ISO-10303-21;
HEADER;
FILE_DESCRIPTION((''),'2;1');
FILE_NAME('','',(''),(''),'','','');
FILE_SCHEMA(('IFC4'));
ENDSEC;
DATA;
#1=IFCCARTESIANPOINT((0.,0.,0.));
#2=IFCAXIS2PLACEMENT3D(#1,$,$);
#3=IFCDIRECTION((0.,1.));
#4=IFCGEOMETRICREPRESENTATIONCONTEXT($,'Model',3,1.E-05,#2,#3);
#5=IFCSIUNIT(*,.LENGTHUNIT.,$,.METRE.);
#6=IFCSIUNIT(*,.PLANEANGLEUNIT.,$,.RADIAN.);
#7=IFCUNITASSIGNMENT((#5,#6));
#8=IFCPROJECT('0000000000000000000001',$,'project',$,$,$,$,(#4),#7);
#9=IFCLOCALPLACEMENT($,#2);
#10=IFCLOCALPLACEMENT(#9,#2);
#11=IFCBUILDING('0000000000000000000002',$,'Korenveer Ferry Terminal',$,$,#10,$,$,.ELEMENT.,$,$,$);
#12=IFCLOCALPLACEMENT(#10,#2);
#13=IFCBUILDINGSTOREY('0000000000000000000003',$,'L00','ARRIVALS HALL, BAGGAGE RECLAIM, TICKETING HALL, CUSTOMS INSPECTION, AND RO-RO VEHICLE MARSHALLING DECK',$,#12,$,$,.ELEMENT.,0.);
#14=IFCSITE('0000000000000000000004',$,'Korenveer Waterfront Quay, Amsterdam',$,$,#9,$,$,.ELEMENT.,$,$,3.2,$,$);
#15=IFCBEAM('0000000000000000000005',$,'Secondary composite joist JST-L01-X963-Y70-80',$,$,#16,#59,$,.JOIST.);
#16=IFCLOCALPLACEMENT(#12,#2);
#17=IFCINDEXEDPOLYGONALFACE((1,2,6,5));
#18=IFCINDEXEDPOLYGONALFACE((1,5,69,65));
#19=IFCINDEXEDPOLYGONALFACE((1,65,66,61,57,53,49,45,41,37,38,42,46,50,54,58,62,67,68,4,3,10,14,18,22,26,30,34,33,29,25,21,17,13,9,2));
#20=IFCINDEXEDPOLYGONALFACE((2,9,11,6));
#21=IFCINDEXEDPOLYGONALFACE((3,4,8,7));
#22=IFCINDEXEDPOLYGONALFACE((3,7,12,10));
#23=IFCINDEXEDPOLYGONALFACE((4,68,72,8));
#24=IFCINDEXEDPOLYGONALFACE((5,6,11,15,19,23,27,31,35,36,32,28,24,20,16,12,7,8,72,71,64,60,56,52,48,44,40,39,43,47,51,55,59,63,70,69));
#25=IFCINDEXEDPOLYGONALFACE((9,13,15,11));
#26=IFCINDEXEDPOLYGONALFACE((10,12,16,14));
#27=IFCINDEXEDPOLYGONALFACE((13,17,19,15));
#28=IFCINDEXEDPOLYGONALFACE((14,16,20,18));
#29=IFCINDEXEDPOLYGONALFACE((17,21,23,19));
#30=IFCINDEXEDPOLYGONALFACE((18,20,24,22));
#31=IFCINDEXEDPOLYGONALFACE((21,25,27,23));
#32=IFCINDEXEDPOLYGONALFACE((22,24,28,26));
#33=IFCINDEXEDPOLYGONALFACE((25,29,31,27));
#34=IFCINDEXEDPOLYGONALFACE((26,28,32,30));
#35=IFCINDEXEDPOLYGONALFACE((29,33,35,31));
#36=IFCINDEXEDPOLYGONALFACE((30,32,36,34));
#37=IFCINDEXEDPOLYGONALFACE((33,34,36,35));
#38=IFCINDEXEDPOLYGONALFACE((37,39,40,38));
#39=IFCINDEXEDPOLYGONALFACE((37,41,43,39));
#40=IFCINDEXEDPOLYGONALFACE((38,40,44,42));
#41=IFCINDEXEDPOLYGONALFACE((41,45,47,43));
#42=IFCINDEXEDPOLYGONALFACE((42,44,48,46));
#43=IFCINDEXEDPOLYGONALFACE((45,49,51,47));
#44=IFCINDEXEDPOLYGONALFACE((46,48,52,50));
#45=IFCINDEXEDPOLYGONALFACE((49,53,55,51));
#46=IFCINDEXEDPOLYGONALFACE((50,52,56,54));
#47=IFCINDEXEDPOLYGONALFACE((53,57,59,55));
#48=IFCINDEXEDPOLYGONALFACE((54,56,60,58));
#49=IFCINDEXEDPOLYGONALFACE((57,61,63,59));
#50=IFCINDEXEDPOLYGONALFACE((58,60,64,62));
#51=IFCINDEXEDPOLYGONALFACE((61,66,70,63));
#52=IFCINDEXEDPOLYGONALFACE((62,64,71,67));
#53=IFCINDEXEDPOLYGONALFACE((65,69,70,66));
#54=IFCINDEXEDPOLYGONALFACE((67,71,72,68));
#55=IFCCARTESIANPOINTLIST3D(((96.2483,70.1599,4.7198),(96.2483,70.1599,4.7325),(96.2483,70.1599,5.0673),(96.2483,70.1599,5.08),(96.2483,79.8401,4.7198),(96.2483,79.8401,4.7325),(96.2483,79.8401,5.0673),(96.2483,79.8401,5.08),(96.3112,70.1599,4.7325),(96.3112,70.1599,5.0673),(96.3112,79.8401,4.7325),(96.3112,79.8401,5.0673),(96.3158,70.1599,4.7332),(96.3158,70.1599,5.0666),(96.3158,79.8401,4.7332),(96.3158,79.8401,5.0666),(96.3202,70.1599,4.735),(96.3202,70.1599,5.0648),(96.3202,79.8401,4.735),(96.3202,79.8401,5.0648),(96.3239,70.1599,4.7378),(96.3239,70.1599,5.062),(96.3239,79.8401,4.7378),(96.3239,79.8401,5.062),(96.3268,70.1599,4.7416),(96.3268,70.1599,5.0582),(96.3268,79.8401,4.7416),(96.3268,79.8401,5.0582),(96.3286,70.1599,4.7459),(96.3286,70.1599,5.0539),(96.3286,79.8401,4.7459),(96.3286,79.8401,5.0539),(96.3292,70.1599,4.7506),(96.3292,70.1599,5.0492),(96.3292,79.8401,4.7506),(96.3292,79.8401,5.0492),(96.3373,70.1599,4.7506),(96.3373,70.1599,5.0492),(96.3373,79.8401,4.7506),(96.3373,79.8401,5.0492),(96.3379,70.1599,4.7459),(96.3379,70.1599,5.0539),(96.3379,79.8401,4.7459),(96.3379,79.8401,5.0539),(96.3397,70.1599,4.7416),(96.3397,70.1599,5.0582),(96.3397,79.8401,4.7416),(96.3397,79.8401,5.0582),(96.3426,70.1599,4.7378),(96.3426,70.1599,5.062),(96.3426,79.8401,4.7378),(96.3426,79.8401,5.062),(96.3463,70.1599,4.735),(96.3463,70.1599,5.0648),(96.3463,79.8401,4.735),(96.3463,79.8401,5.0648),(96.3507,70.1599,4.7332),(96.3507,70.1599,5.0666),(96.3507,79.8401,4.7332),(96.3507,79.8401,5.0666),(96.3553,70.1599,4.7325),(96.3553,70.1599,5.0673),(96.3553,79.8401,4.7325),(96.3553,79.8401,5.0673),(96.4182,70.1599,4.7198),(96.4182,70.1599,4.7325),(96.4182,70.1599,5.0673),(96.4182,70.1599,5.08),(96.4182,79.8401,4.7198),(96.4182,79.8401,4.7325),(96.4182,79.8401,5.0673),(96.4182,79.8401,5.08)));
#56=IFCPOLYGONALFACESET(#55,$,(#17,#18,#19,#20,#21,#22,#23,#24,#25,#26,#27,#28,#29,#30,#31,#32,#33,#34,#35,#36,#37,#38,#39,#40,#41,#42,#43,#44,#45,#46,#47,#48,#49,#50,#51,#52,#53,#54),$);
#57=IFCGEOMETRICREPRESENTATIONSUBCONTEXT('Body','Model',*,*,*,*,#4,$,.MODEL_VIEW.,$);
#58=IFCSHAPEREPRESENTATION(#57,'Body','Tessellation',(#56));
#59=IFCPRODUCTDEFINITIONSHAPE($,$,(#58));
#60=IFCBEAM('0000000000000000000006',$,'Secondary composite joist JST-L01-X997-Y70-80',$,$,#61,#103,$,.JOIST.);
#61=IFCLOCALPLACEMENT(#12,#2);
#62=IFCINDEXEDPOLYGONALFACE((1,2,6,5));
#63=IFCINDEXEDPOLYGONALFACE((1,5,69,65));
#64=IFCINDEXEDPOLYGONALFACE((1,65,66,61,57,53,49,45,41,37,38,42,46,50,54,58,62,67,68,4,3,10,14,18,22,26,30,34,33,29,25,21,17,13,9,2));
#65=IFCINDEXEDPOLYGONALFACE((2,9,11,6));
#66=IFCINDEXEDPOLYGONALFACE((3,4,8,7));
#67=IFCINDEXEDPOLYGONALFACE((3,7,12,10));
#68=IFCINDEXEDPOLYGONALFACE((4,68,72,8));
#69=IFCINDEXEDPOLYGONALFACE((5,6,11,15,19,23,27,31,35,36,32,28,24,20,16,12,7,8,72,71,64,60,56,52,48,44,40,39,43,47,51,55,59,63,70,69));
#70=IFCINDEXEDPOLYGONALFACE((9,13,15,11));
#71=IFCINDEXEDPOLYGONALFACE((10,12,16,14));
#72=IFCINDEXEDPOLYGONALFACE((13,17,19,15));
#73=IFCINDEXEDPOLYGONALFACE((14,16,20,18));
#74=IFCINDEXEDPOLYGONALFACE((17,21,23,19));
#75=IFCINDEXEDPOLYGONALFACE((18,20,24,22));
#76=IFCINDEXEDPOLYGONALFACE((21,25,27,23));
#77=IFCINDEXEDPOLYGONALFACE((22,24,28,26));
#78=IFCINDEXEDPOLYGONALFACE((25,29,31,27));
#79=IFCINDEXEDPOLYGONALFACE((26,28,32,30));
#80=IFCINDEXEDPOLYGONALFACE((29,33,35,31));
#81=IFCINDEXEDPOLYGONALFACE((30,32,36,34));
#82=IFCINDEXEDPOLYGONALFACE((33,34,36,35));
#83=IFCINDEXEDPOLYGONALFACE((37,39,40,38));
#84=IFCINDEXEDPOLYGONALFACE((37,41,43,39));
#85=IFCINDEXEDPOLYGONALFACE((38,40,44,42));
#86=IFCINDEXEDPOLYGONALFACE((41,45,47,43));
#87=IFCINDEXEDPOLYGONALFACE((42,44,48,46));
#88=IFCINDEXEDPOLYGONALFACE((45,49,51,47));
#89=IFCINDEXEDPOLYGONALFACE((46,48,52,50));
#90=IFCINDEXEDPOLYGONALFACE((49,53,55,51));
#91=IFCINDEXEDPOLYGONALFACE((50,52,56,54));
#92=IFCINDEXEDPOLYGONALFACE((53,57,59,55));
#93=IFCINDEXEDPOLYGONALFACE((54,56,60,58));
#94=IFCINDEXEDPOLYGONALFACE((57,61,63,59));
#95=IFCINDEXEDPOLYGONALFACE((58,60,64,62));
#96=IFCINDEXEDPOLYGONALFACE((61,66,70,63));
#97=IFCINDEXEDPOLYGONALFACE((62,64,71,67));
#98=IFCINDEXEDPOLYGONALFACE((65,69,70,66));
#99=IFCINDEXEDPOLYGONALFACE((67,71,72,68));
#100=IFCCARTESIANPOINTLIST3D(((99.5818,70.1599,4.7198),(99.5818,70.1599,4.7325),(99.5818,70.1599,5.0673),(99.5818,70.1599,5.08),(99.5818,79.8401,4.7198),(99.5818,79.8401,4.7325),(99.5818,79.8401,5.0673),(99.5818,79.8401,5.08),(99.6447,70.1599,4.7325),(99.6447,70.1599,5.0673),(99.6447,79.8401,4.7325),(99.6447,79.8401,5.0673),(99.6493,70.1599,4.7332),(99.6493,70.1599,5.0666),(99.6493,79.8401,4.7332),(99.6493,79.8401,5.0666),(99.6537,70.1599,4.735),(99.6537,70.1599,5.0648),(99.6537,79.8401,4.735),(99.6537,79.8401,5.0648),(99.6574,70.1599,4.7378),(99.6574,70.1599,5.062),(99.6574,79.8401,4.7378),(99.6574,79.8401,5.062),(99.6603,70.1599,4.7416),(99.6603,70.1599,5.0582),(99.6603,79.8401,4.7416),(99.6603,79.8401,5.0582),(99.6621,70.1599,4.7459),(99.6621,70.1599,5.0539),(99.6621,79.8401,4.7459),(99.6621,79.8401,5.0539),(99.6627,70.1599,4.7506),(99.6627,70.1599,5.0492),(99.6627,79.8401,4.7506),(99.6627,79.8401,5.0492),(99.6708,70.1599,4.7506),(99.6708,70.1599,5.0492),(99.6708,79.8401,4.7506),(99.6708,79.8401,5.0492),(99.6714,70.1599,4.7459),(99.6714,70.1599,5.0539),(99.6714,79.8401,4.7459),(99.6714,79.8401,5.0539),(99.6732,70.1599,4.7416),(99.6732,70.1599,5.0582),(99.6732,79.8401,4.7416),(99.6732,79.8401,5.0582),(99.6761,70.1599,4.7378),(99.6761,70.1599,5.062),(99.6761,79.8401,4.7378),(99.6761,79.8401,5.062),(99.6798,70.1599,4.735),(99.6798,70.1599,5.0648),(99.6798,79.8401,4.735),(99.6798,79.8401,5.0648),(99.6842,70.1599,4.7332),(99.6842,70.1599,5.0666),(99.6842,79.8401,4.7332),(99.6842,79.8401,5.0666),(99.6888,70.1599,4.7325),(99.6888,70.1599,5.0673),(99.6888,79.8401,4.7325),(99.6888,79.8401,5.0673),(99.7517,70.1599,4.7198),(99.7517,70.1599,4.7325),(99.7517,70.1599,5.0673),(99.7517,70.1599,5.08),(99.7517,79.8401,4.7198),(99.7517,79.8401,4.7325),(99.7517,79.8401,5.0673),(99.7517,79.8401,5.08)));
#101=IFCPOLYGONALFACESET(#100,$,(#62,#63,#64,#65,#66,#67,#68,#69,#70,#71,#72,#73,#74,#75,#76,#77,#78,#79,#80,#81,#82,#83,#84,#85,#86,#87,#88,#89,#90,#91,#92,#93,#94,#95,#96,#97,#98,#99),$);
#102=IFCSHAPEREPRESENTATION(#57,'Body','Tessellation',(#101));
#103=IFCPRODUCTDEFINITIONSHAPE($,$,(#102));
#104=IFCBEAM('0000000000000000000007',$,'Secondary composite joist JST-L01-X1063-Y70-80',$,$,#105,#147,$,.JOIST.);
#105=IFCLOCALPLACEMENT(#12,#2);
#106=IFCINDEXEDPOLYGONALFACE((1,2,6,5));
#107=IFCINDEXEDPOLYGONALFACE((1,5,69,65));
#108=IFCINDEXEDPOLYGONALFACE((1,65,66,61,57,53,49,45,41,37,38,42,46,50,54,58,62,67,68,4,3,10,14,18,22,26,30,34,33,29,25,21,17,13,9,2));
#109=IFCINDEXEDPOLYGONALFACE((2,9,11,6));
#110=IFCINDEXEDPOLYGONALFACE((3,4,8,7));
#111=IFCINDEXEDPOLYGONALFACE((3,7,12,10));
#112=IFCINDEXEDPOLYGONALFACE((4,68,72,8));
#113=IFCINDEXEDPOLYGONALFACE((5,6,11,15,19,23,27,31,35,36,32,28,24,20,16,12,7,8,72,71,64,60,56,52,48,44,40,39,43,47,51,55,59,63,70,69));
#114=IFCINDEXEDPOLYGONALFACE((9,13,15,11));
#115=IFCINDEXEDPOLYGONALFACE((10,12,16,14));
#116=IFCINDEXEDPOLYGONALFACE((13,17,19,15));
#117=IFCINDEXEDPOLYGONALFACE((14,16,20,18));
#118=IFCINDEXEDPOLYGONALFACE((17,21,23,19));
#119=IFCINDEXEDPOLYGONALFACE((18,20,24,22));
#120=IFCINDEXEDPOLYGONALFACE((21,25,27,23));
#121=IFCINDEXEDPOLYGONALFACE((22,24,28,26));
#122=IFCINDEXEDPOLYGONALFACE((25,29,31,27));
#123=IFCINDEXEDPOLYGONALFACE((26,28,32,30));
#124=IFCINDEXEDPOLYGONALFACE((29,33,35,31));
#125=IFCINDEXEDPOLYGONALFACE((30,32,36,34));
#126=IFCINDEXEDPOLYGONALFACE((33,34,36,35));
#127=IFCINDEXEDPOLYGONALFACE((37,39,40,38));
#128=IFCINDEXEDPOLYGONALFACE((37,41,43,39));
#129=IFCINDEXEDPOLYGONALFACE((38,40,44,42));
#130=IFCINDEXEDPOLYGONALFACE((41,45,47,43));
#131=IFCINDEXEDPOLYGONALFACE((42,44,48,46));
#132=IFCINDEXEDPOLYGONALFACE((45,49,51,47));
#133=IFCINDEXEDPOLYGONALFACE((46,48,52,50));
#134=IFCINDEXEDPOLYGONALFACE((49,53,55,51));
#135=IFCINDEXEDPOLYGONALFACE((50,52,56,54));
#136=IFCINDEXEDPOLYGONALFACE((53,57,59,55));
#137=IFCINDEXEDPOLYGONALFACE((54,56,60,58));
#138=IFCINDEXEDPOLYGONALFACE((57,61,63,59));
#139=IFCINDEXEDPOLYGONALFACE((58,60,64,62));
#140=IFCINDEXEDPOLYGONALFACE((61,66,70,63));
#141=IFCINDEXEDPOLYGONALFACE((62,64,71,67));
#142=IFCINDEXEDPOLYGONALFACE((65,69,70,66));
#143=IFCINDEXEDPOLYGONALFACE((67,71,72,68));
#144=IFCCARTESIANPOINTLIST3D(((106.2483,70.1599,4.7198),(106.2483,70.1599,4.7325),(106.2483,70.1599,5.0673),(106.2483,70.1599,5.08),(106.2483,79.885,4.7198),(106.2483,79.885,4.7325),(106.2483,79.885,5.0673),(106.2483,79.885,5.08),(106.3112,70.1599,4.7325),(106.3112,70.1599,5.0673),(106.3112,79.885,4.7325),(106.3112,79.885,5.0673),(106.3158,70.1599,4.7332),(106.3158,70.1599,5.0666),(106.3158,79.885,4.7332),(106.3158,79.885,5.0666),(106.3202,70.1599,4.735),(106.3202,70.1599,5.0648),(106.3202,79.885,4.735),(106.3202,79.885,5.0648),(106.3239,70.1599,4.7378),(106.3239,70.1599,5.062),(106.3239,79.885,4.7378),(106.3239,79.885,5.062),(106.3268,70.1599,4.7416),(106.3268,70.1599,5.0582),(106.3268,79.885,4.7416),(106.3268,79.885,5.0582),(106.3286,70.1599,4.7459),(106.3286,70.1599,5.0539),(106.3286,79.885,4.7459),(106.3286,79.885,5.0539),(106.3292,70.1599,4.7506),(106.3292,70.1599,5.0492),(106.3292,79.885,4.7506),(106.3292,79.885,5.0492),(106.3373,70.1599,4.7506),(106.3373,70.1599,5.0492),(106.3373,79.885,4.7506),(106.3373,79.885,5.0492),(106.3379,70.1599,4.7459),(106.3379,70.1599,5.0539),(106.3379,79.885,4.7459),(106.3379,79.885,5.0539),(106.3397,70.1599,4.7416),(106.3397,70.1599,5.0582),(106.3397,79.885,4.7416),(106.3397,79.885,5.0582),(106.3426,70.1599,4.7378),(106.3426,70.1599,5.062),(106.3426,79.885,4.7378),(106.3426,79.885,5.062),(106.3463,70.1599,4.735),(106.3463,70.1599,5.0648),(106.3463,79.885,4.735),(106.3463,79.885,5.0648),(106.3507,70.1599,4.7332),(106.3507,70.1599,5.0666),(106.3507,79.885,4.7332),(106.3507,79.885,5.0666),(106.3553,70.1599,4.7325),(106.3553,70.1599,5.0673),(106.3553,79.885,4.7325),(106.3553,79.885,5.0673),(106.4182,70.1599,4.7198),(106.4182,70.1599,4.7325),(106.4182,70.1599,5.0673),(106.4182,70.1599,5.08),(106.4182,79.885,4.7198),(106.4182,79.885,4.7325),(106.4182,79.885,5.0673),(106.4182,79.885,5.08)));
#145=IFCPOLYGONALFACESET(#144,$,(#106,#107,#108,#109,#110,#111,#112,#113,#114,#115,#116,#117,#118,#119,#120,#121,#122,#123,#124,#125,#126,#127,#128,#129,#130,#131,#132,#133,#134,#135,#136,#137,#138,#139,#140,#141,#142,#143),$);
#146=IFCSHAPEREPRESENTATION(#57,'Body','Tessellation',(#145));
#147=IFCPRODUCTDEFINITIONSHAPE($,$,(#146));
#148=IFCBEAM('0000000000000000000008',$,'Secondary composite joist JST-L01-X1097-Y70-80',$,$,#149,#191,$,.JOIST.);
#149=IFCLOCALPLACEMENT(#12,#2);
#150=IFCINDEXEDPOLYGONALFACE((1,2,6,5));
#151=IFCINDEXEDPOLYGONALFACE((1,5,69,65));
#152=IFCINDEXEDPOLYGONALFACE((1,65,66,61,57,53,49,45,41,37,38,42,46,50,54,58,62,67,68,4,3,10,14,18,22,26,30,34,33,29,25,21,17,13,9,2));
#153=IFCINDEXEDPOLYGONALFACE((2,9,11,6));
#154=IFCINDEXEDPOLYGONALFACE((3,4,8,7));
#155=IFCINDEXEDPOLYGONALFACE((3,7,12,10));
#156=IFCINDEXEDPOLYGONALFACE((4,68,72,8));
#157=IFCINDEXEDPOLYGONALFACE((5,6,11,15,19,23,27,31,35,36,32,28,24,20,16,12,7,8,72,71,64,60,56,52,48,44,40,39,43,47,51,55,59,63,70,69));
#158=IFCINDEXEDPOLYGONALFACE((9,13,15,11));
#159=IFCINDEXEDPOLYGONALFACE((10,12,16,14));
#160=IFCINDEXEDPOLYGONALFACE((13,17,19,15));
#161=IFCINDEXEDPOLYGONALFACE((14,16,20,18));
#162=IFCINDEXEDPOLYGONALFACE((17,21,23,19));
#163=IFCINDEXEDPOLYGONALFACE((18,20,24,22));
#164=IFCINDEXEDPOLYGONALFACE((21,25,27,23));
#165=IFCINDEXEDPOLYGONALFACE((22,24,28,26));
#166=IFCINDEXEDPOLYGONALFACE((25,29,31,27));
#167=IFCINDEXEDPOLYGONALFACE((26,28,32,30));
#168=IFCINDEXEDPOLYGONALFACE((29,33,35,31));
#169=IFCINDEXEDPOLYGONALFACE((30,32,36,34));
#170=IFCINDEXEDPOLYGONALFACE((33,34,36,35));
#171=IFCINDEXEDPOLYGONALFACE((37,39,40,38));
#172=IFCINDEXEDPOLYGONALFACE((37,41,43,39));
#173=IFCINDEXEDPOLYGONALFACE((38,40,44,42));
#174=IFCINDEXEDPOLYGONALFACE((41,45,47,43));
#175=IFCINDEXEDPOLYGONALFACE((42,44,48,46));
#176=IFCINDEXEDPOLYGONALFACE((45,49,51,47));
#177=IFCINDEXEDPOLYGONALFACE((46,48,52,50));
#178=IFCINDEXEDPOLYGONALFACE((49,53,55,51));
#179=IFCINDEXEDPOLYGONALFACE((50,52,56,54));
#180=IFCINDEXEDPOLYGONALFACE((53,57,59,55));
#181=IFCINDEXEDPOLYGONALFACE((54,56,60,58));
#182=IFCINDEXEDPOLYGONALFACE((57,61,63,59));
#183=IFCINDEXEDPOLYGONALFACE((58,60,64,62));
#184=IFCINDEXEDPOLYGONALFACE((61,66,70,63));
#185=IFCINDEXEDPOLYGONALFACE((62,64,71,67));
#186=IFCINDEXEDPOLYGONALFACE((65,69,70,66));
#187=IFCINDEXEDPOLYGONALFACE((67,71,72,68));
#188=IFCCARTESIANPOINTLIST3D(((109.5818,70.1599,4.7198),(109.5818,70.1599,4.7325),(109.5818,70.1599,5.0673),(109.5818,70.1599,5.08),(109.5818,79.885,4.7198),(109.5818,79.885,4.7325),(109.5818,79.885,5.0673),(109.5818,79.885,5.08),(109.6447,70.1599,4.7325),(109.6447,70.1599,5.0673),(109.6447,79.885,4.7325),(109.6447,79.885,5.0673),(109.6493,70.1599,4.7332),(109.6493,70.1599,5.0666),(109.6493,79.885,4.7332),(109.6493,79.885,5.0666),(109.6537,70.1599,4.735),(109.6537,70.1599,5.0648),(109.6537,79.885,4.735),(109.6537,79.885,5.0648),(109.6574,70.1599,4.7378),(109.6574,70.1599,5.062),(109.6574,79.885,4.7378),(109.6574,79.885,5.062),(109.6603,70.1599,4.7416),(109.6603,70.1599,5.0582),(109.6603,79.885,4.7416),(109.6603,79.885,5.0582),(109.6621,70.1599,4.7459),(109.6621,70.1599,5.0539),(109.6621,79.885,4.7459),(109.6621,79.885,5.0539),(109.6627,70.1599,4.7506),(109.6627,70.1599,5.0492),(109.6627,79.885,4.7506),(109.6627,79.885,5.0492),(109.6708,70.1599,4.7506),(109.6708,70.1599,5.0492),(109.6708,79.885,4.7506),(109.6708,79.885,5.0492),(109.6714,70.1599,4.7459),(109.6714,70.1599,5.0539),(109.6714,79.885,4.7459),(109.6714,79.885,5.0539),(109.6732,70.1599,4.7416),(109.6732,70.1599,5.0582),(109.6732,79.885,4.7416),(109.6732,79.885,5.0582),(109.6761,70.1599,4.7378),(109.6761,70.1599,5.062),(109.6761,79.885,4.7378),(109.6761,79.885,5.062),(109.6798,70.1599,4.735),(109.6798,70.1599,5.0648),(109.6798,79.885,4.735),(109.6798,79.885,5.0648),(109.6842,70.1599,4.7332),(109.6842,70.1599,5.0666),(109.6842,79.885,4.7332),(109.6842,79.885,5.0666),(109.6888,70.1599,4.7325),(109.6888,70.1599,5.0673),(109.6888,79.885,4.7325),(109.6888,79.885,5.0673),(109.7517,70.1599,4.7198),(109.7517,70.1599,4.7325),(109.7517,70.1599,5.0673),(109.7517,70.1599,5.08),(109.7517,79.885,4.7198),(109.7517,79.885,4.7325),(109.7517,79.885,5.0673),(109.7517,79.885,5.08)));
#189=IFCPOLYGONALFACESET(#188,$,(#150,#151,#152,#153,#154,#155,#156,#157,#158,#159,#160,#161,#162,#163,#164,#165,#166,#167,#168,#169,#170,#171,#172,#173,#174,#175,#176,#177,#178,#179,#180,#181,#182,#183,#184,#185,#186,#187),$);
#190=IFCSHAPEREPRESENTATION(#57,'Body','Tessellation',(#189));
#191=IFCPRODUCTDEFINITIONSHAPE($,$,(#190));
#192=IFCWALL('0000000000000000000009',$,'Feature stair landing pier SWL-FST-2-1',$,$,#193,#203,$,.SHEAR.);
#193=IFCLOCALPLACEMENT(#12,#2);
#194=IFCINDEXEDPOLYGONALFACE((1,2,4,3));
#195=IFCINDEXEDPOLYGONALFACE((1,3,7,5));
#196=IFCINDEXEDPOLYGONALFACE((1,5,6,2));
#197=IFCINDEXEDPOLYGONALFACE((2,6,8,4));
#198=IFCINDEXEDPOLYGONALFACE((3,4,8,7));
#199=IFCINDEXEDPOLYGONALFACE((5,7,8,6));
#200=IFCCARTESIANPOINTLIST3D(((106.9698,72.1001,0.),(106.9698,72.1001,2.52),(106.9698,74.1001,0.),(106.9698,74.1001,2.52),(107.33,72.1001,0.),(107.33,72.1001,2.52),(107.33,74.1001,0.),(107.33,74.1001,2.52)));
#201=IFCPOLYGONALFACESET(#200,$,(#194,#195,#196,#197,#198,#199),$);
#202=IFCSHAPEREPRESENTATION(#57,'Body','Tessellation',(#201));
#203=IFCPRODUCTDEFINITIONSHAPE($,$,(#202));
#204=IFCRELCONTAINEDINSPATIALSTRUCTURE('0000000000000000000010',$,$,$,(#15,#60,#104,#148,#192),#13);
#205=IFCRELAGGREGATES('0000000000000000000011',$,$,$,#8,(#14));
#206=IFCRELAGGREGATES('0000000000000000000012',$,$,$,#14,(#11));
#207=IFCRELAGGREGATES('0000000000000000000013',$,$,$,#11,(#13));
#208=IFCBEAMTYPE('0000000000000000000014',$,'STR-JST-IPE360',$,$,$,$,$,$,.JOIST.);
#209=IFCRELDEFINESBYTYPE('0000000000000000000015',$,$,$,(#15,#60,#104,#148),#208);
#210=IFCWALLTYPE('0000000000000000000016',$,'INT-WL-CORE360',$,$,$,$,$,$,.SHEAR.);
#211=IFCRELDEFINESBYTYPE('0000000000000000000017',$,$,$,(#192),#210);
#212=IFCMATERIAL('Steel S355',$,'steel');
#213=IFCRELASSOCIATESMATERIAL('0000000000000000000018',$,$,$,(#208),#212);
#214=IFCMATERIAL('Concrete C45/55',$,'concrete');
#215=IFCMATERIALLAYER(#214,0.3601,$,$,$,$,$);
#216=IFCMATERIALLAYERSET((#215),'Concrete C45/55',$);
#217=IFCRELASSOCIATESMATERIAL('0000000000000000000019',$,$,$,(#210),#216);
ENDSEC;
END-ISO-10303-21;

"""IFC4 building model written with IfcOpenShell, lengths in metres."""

from ifc_helpers import new_model, si_unit, direction, frame, frame_2d, origin, origin_2d, place, context, subcontext, project, spatial, rectangle, i_section, extrude, material, layer, layer_set, material_profile, profile_set, type_object, element, save


model = new_model("IFC4")

# Units and contexts
model_context = context("Model", 3, precision=1e-05, world=origin(), true_north=direction((0.0, 1.0)))
body_context = subcontext(model_context, "Body", "Model", "MODEL_VIEW")
ifc_project = project(units=[si_unit("LENGTHUNIT", "METRE"), si_unit("PLANEANGLEUNIT", "RADIAN")], contexts=[model_context])

# Site, building, storey
site_placement = place(None, origin())
site = spatial("IfcSite", under=ifc_project, at=site_placement, Name="Korenveer Waterfront Quay, Amsterdam", CompositionType="ELEMENT", RefElevation=3.2)
building_placement = place(site_placement, origin())
building = spatial("IfcBuilding", under=site, at=building_placement, Name="Korenveer Ferry Terminal", CompositionType="ELEMENT")
storey_placement = place(building_placement, origin())
storey = spatial("IfcBuildingStorey", under=building, at=storey_placement, Name="L00", Description="ARRIVALS HALL, BAGGAGE RECLAIM, TICKETING HALL, CUSTOMS INSPECTION, AND RO-RO VEHICLE MARSHALLING DECK", CompositionType="ELEMENT", Elevation=0.0)

# Shared definitions
ifc_material_1 = material(Name="Concrete C45/55", Category="concrete")

# Shared definitions
ifc_material_2 = material(Name="Steel S355", Category="steel")

# Beams
ifc_material_profile_1 = material_profile(ifc_material_2, i_section(OverallWidth=0.1699, OverallDepth=0.3601, WebThickness=0.0081, FlangeThickness=0.0127, FilletRadius=0.0181, at=origin_2d()), Name="IPE 360")
ifc_profile_set_1 = profile_set([ifc_material_profile_1], Name="Steel S355")
beam_type_1 = type_object("IfcBeamType", Name="STR-JST-IPE360", PredefinedType="JOIST", material=ifc_profile_set_1)
for number, where, z_axis, x_axis, name in (
    (1, (96.3333, 70.1599, 4.8999), (0.0, 1.0, 0.0), (-1.0, 0.0, 0.0), "Secondary composite joist JST-L01-X963-Y70-80"),
    (2, (99.6667, 70.1599, 4.8999), (0.0, 1.0, 0.0), (-1.0, 0.0, 0.0), "Secondary composite joist JST-L01-X997-Y70-80"),
):
    element("IfcBeam", number, at=place(storey_placement, frame(where, z_axis=z_axis, x_axis=x_axis)), inside=storey, type_object=beam_type_1, Name=name, PredefinedType="JOIST", context=body_context, shape_type="SweptSolid", body=[
        extrude(i_section(OverallWidth=0.1699, OverallDepth=0.3601, WebThickness=0.0081, FlangeThickness=0.0127, FilletRadius=0.0181, at=origin_2d()), origin(), (0.0, 0.0, 1.0), 9.6802),
    ])
for number, where, z_axis, x_axis, name in (
    (3, (106.3333, 70.1599, 4.8999), (0.0, 1.0, 0.0), (-1.0, 0.0, 0.0), "Secondary composite joist JST-L01-X1063-Y70-80"),
    (4, (109.6667, 70.1599, 4.8999), (0.0, 1.0, 0.0), (-1.0, 0.0, 0.0), "Secondary composite joist JST-L01-X1097-Y70-80"),
):
    element("IfcBeam", number, at=place(storey_placement, frame(where, z_axis=z_axis, x_axis=x_axis)), inside=storey, type_object=beam_type_1, Name=name, PredefinedType="JOIST", context=body_context, shape_type="SweptSolid", body=[
        extrude(i_section(OverallWidth=0.1699, OverallDepth=0.3601, WebThickness=0.0081, FlangeThickness=0.0127, FilletRadius=0.0181, at=origin_2d()), origin(), (0.0, 0.0, 1.0), 9.7251),
    ])

# Wall
ifc_layer = layer(ifc_material_1, 0.3601)
ifc_layer_set = layer_set([ifc_layer], Name="Concrete C45/55")
wall_type = type_object("IfcWallType", Name="INT-WL-CORE360", PredefinedType="SHEAR", material=ifc_layer_set)
for number, where, z_axis, x_axis, name in (
    (5, (107.1499, 72.1001, 0.0), (0.0, 0.0, 1.0), (0.0, 1.0, 0.0), "Feature stair landing pier SWL-FST-2-1"),
):
    element("IfcWall", number, at=place(storey_placement, frame(where, z_axis=z_axis, x_axis=x_axis)), inside=storey, type_object=wall_type, Name=name, PredefinedType="SHEAR", context=body_context, shape_type="SweptSolid", body=[
        extrude(rectangle(XDim=2.0, YDim=0.3601, at=frame_2d((1.0, 0.0))), origin(), (0.0, 0.0, 1.0), 2.52),
    ])

save(model, "model.ifc")
